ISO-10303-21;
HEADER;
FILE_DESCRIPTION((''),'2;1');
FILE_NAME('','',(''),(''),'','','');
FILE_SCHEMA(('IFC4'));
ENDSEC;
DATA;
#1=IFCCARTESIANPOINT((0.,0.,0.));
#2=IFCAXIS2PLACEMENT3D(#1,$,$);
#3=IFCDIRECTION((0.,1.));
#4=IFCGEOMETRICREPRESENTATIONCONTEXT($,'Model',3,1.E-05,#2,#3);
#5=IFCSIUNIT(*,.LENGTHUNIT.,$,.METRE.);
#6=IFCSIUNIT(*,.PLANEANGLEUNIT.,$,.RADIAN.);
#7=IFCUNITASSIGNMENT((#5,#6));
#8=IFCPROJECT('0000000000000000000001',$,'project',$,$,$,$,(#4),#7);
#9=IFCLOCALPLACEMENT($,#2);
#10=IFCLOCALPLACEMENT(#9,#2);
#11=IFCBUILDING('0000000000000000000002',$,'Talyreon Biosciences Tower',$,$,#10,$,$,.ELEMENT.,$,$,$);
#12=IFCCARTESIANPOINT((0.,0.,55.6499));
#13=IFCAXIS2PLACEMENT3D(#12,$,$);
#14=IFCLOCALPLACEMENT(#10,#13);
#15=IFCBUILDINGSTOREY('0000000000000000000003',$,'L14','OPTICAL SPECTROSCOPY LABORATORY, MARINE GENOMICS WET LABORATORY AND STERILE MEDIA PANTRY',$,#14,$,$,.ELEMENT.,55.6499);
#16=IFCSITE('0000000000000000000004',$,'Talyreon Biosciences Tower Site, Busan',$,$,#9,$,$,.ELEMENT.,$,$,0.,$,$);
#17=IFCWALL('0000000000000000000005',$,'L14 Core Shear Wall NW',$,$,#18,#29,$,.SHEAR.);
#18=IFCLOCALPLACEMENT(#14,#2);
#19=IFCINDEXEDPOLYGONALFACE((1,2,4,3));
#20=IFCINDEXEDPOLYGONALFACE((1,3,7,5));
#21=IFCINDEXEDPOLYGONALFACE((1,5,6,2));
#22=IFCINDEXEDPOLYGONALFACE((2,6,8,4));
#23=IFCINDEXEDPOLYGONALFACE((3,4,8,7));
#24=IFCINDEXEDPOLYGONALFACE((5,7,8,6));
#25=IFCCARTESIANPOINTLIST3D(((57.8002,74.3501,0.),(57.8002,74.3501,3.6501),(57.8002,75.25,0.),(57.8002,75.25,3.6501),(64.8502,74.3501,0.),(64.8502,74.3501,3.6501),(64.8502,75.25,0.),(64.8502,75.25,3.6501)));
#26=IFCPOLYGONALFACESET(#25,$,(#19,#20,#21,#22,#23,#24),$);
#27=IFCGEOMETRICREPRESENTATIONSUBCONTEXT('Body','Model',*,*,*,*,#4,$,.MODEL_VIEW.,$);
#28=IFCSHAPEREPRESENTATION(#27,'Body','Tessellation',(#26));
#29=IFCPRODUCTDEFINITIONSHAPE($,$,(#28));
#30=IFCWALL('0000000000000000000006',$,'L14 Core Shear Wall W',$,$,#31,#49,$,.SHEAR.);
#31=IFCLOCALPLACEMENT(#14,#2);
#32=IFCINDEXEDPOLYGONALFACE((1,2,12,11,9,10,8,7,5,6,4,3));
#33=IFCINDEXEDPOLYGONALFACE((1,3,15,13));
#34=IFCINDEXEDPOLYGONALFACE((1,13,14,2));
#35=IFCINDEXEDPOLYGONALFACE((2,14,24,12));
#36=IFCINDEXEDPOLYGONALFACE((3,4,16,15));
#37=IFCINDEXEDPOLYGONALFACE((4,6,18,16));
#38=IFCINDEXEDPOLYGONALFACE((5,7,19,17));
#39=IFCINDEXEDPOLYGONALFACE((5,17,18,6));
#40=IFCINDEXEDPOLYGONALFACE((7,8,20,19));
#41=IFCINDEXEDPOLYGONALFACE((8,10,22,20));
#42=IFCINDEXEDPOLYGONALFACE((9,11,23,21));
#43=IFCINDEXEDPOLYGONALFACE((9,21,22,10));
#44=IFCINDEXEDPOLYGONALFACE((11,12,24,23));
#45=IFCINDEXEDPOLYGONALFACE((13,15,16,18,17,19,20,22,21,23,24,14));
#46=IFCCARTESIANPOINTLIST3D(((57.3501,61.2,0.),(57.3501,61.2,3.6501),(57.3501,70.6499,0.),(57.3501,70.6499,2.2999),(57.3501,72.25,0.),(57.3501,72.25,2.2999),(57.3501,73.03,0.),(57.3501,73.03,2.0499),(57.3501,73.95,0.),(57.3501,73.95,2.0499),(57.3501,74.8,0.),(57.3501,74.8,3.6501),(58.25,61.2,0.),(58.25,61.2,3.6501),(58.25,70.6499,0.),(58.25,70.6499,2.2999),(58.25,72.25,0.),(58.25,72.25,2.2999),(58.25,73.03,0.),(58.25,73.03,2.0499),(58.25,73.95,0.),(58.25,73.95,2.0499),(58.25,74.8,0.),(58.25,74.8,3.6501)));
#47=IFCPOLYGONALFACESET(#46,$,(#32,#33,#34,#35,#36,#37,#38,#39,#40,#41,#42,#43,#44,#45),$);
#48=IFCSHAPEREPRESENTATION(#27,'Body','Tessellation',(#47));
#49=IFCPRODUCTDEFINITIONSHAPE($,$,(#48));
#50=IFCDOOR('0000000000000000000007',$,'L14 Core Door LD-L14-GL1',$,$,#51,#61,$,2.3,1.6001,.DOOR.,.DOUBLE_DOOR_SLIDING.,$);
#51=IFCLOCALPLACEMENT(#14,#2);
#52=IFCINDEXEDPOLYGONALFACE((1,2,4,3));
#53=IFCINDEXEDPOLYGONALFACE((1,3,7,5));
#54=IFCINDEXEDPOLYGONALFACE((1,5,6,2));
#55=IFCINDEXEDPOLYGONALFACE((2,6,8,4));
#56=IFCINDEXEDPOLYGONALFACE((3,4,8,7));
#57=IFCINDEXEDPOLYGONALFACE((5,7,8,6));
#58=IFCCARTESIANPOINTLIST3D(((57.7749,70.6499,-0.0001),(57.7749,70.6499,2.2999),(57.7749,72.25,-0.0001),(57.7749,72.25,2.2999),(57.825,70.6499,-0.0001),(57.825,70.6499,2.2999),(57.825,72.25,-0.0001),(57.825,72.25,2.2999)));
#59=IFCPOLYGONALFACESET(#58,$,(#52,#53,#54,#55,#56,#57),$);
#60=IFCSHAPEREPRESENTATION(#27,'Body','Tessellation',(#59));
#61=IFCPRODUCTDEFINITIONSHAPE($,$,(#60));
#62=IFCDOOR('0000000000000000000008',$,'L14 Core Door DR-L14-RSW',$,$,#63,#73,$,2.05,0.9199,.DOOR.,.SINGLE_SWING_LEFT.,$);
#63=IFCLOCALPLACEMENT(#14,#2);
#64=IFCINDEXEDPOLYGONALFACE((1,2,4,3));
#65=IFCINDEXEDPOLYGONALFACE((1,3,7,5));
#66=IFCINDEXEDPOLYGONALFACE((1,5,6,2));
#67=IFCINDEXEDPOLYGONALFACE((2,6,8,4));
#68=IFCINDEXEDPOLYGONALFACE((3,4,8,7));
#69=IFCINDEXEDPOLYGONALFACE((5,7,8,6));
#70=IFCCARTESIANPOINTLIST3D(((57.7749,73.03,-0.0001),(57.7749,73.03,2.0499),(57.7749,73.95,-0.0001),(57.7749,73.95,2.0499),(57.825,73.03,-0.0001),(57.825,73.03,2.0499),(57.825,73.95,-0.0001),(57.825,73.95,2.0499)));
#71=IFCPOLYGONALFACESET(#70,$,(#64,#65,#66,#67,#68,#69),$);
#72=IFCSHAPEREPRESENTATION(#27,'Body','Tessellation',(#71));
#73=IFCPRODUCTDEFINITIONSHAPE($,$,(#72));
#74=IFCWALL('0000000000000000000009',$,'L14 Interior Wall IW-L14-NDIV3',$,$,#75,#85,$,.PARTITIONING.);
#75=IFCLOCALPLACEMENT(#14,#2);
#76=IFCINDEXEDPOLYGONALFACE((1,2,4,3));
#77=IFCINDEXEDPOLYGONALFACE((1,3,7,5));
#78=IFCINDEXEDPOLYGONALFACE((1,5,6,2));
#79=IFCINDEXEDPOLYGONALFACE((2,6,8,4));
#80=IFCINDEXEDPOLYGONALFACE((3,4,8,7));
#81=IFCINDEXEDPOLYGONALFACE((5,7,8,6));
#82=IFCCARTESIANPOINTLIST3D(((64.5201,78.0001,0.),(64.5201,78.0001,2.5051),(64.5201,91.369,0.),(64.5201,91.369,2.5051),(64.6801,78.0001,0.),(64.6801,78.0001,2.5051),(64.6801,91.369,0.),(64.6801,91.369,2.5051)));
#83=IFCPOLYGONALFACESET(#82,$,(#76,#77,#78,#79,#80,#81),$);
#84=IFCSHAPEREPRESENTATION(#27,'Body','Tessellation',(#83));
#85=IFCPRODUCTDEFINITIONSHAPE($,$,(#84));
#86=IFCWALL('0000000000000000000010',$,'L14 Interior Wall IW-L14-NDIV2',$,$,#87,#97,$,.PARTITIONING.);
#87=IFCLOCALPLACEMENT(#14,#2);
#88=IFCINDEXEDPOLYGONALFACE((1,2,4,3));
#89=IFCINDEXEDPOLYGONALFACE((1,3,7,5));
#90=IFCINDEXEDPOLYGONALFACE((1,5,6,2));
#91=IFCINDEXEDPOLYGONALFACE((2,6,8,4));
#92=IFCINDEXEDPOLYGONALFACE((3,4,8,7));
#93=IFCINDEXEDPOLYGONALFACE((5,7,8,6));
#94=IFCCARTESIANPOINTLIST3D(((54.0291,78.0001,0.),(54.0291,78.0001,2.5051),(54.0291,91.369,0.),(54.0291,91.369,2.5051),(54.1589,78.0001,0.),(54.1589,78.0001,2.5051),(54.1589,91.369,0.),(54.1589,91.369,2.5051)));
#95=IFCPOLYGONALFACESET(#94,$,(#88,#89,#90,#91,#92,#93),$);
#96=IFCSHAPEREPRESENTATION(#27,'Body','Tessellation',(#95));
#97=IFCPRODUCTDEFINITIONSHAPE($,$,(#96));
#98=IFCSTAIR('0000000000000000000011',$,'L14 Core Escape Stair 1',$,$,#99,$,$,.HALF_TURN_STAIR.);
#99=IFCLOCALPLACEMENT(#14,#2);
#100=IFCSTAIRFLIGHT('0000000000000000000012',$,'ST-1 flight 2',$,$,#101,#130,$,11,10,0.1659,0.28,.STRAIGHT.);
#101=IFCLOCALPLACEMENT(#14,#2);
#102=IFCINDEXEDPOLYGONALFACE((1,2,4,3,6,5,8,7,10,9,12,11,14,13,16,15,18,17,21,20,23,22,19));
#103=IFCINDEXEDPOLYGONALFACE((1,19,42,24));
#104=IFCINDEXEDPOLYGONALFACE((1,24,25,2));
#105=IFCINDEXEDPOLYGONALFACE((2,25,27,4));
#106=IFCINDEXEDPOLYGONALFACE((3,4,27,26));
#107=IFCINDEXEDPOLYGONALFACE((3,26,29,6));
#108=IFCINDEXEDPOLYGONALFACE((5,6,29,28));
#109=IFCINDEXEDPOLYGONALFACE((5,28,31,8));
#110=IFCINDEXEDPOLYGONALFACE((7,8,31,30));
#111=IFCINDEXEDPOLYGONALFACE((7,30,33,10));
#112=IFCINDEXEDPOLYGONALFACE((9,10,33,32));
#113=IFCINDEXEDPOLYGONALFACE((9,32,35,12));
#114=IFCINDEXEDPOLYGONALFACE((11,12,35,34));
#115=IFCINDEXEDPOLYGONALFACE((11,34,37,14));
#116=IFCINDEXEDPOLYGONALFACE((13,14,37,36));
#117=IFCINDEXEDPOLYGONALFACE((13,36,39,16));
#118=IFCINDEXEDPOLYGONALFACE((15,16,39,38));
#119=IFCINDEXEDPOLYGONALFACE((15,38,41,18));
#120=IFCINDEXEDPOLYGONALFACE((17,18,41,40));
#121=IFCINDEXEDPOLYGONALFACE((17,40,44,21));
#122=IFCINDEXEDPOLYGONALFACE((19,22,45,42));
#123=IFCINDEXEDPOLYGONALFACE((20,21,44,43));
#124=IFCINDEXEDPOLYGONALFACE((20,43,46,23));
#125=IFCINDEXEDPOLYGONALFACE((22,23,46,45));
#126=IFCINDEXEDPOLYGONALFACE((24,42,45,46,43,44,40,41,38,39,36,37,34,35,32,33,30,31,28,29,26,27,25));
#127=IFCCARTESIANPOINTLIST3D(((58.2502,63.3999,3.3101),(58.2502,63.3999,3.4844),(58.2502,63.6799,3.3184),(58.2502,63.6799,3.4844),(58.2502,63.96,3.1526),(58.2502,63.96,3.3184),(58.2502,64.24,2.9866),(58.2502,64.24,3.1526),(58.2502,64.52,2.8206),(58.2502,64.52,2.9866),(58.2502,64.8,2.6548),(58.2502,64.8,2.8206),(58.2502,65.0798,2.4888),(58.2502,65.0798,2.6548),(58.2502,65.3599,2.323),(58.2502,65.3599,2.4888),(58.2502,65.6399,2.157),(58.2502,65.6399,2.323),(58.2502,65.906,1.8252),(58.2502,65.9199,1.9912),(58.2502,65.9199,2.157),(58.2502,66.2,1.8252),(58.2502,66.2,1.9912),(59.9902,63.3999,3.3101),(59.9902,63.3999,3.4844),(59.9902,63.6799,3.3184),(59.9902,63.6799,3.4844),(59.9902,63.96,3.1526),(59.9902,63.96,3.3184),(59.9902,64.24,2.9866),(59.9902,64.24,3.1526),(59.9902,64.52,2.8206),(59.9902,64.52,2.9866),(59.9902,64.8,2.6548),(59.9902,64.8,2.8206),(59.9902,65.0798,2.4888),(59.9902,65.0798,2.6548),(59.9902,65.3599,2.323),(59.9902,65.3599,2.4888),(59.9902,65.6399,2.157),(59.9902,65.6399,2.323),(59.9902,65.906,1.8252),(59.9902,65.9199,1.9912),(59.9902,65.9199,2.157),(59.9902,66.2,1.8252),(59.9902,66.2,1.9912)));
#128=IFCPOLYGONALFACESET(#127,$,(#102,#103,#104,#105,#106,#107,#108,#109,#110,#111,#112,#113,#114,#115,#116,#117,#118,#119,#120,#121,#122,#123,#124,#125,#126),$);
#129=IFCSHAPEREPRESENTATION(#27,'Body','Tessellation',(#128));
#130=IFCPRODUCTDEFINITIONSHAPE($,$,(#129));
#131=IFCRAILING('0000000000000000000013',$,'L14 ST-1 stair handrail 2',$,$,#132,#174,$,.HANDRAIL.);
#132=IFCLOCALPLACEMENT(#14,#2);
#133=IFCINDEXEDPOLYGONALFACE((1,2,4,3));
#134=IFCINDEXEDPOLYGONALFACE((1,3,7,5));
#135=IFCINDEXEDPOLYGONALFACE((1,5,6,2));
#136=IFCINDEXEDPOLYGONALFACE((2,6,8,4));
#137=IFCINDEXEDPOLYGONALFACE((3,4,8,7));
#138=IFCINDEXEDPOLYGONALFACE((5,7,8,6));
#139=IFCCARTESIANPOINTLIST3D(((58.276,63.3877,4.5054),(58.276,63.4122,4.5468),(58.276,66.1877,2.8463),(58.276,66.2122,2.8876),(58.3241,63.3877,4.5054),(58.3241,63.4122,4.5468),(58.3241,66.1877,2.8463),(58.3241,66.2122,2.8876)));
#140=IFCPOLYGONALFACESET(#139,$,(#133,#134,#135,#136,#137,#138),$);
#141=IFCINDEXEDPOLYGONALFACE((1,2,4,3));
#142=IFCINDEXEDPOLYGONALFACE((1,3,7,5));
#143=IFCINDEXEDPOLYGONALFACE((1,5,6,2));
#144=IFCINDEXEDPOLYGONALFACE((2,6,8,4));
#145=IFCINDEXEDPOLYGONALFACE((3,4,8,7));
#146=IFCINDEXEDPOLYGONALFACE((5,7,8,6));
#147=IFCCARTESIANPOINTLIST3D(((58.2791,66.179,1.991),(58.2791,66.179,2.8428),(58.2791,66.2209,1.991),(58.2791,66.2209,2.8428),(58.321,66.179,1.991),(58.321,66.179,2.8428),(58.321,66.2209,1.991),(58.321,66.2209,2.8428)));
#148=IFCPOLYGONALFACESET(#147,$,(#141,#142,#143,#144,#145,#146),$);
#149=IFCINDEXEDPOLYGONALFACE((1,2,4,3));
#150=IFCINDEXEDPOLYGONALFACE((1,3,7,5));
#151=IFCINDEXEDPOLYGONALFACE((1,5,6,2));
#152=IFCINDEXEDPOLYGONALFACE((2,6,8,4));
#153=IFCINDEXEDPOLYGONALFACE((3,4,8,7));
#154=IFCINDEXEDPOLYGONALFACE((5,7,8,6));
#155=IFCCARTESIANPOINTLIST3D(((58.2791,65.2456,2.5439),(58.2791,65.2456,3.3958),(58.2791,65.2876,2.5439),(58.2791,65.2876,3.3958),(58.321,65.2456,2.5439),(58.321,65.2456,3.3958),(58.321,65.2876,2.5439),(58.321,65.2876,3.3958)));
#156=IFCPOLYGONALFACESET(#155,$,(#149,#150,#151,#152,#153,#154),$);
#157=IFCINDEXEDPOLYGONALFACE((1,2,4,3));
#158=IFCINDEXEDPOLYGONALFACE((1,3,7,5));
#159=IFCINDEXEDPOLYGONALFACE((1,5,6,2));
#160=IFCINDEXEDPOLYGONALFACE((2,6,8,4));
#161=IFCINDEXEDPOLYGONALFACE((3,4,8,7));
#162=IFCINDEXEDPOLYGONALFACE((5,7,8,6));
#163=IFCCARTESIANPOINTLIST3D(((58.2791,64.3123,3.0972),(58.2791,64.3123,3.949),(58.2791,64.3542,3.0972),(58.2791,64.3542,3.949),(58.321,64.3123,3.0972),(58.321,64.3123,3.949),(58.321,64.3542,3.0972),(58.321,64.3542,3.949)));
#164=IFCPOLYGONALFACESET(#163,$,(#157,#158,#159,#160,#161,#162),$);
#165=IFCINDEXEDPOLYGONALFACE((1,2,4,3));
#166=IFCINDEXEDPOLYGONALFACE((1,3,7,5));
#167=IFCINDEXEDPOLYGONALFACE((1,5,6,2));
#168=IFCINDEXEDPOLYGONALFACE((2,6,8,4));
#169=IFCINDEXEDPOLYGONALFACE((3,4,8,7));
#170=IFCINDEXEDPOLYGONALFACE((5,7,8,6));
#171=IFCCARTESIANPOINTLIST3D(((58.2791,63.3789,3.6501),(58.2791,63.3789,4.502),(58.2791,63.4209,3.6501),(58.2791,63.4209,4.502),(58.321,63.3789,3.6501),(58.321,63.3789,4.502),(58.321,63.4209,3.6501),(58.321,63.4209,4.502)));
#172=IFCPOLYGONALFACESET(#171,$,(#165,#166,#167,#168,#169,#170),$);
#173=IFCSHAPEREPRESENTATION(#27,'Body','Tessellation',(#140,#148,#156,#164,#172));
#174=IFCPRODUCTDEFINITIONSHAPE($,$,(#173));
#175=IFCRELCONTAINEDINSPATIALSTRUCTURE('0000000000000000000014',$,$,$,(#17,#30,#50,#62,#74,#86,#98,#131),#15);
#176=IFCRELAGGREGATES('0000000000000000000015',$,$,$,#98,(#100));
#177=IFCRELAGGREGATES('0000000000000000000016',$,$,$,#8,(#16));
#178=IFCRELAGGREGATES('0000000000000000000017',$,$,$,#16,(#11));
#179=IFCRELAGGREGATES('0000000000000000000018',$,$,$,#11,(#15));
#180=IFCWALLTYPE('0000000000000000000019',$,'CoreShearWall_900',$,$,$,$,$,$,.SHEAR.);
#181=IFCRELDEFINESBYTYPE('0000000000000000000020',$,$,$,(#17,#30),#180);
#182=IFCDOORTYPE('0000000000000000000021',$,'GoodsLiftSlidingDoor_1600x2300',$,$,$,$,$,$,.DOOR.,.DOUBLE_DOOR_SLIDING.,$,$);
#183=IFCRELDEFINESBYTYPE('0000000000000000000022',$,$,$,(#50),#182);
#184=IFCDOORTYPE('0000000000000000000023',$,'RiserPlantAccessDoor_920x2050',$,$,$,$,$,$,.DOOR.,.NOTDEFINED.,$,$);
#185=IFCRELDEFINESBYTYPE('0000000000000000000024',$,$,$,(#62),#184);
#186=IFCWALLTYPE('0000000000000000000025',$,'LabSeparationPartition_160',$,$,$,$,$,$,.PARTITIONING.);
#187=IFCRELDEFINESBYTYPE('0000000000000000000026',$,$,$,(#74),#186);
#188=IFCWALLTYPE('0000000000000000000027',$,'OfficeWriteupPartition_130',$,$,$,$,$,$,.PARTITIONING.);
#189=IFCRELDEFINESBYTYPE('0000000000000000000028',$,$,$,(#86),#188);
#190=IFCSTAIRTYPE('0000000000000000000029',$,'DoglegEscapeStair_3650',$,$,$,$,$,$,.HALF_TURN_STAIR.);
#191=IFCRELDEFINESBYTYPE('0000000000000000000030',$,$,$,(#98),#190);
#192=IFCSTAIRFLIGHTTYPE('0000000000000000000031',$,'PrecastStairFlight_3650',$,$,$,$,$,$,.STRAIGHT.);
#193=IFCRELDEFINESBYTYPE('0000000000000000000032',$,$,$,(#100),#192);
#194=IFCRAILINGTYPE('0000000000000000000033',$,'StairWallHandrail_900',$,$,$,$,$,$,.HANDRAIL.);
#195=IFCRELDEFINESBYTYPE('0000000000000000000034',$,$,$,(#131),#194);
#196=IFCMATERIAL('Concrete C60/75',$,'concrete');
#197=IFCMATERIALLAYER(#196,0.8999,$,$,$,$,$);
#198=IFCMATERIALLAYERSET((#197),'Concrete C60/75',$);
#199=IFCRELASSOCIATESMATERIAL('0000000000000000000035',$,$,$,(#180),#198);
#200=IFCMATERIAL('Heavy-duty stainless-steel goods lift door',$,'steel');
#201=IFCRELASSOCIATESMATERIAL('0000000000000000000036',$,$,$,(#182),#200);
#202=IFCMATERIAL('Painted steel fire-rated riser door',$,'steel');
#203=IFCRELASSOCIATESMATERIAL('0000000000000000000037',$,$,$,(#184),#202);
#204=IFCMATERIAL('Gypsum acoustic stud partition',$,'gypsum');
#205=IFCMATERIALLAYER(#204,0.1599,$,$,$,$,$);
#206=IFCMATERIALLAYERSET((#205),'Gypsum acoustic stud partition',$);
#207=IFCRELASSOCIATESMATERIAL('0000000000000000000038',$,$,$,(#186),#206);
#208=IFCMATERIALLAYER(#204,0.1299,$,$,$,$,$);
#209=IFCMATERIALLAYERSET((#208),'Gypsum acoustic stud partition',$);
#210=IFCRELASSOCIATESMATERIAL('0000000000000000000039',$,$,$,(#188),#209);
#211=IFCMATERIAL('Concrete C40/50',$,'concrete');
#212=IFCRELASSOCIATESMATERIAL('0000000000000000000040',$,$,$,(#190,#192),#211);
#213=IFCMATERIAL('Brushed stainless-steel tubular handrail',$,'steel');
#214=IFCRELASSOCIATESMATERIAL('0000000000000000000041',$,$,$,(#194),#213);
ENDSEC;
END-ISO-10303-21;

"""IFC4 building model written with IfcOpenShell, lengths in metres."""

from ifc_helpers import new_model, si_unit, direction, frame, frame_2d, origin, origin_2d, place, context, subcontext, project, spatial, polyline, rectangle, outline, extrude, material, layer, layer_set, type_object, element, fill, aggregate, save


model = new_model("IFC4")

# Units and contexts
model_context = context("Model", 3, precision=1e-05, world=origin(), true_north=direction((0.0, 1.0)))
body_context = subcontext(model_context, "Body", "Model", "MODEL_VIEW")
ifc_project = project(units=[si_unit("LENGTHUNIT", "METRE"), si_unit("PLANEANGLEUNIT", "RADIAN")], contexts=[model_context])

# Site, building, storey
site_placement = place(None, origin())
site = spatial("IfcSite", under=ifc_project, at=site_placement, Name="Talyreon Biosciences Tower Site, Busan", CompositionType="ELEMENT", RefElevation=0.0)
building_placement = place(site_placement, origin())
building = spatial("IfcBuilding", under=site, at=building_placement, Name="Talyreon Biosciences Tower", CompositionType="ELEMENT")
storey_placement = place(building_placement, frame((0.0, 0.0, 55.6499)))
storey = spatial("IfcBuildingStorey", under=building, at=storey_placement, Name="L14", Description="OPTICAL SPECTROSCOPY LABORATORY, MARINE GENOMICS WET LABORATORY AND STERILE MEDIA PANTRY", CompositionType="ELEMENT", Elevation=55.6499)

# Shared definitions
ifc_material_1 = material(Name="Concrete C60/75", Category="concrete")

# Wall
ifc_layer_1 = layer(ifc_material_1, 0.8999)
ifc_layer_set_1 = layer_set([ifc_layer_1], Name="Concrete C60/75")
wall_type_1 = type_object("IfcWallType", Name="CoreShearWall_900", PredefinedType="SHEAR", material=ifc_layer_set_1)
wall_1_placement = place(storey_placement, frame((64.8501, 74.8, 0.0), z_axis=(0.0, 0.0, 1.0), x_axis=(-1.0, 0.0, 0.0)))
element("IfcWall", 1, at=wall_1_placement, inside=storey, type_object=wall_type_1, Name="L14 Core Shear Wall NW", PredefinedType="SHEAR", context=body_context, shape_type="SweptSolid", body=[
    extrude(rectangle(XDim=7.05, YDim=0.8999, at=frame_2d((3.5249, 0.0))), origin(), (0.0, 0.0, 1.0), 3.6501),
])

# Wall, openings, doors
wall_2_placement = place(storey_placement, frame((57.8, 74.8, 0.0), z_axis=(0.0, 0.0, 1.0), x_axis=(0.0, -1.0, 0.0)))
wall_2 = element("IfcWall", 2, at=wall_2_placement, inside=storey, type_object=wall_type_1, Name="L14 Core Shear Wall W", PredefinedType="SHEAR", context=body_context, shape_type="SweptSolid", body=[
    extrude(rectangle(XDim=13.6001, YDim=0.8999, at=frame_2d((6.8, 0.0))), origin(), (0.0, 0.0, 1.0), 3.6501),
])
opening_1_placement = place(wall_2_placement, frame((0.8501, 0.0, 0.0)))
opening_1 = element("IfcOpeningElement", 3, at=opening_1_placement, cuts=wall_2, PredefinedType="OPENING", context=body_context, shape_type="SweptSolid", body=[
    extrude(rectangle(XDim=0.9199, YDim=2.05, at=frame_2d((0.46, 1.0249))), frame((0.0, 0.46, 0.0), z_axis=(0.0, -1.0, 0.0), x_axis=(1.0, 0.0, 0.0)), (0.0, 0.0, 1.0), 0.9199),
])
opening_2_placement = place(wall_2_placement, frame((2.55, 0.0, 0.0)))
opening_2 = element("IfcOpeningElement", 4, at=opening_2_placement, cuts=wall_2, PredefinedType="OPENING", context=body_context, shape_type="SweptSolid", body=[
    extrude(rectangle(XDim=1.6001, YDim=2.3, at=frame_2d((0.8, 1.1499))), frame((0.0, 0.46, 0.0), z_axis=(0.0, -1.0, 0.0), x_axis=(1.0, 0.0, 0.0)), (0.0, 0.0, 1.0), 0.9199),
])
ifc_material_2 = material(Name="Heavy-duty stainless-steel goods lift door", Category="steel")
door_type_1 = type_object("IfcDoorType", Name="GoodsLiftSlidingDoor_1600x2300", OperationType="DOUBLE_DOOR_SLIDING", PredefinedType="DOOR", material=ifc_material_2)
door_1_placement = place(opening_2_placement, origin())
door_1 = element("IfcDoor", 5, at=door_1_placement, inside=storey, type_object=door_type_1, Name="L14 Core Door LD-L14-GL1", OperationType="DOUBLE_DOOR_SLIDING", OverallHeight=2.3, OverallWidth=1.6001, PredefinedType="DOOR", context=body_context, shape_type="SweptSolid", body=[
    extrude(rectangle(XDim=1.6001, YDim=2.3, at=frame_2d((0.8, 1.1499))), frame((0.0, 0.0249, 0.0), z_axis=(0.0, -1.0, 0.0), x_axis=(1.0, 0.0, 0.0)), (0.0, 0.0, 1.0), 0.05),
])
fill(opening_2, door_1)
ifc_material_3 = material(Name="Painted steel fire-rated riser door", Category="steel")
door_type_2 = type_object("IfcDoorType", Name="RiserPlantAccessDoor_920x2050", OperationType="NOTDEFINED", PredefinedType="DOOR", material=ifc_material_3)
door_2_placement = place(opening_1_placement, origin())
door_2 = element("IfcDoor", 6, at=door_2_placement, inside=storey, type_object=door_type_2, Name="L14 Core Door DR-L14-RSW", OperationType="SINGLE_SWING_LEFT", OverallHeight=2.05, OverallWidth=0.9199, PredefinedType="DOOR", context=body_context, shape_type="SweptSolid", body=[
    extrude(rectangle(XDim=0.9199, YDim=2.05, at=frame_2d((0.46, 1.0249))), frame((0.0, 0.0249, 0.0), z_axis=(0.0, -1.0, 0.0), x_axis=(1.0, 0.0, 0.0)), (0.0, 0.0, 1.0), 0.05),
])
fill(opening_1, door_2)

# Walls
ifc_material_4 = material(Name="Gypsum acoustic stud partition", Category="gypsum")
ifc_layer_2 = layer(ifc_material_4, 0.1599)
ifc_layer_set_2 = layer_set([ifc_layer_2], Name="Gypsum acoustic stud partition")
wall_type_2 = type_object("IfcWallType", Name="LabSeparationPartition_160", PredefinedType="PARTITIONING", material=ifc_layer_set_2)
wall_3_placement = place(storey_placement, frame((64.6001, 78.0, 0.0), z_axis=(0.0, 0.0, 1.0), x_axis=(0.0, 1.0, 0.0)))
element("IfcWall", 7, at=wall_3_placement, inside=storey, type_object=wall_type_2, Name="L14 Interior Wall IW-L14-NDIV3", PredefinedType="PARTITIONING", context=body_context, shape_type="SweptSolid", body=[
    extrude(rectangle(XDim=13.3689, YDim=0.1599, at=frame_2d((6.6846, 0.0))), origin(), (0.0, 0.0, 1.0), 2.5051),
])
ifc_layer_3 = layer(ifc_material_4, 0.1299)
ifc_layer_set_3 = layer_set([ifc_layer_3], Name="Gypsum acoustic stud partition")
wall_type_3 = type_object("IfcWallType", Name="OfficeWriteupPartition_130", PredefinedType="PARTITIONING", material=ifc_layer_set_3)
wall_4_placement = place(storey_placement, frame((54.094, 78.0, 0.0), z_axis=(0.0, 0.0, 1.0), x_axis=(0.0, 1.0, 0.0)))
element("IfcWall", 8, at=wall_4_placement, inside=storey, type_object=wall_type_3, Name="L14 Interior Wall IW-L14-NDIV2", PredefinedType="PARTITIONING", context=body_context, shape_type="SweptSolid", body=[
    extrude(rectangle(XDim=13.3689, YDim=0.1299, at=frame_2d((6.6846, 0.0))), origin(), (0.0, 0.0, 1.0), 2.5051),
])

# Stair, stair flight
ifc_material_5 = material(Name="Concrete C40/50", Category="concrete")
stair_type = type_object("IfcStairType", Name="DoglegEscapeStair_3650", PredefinedType="HALF_TURN_STAIR", material=ifc_material_5)
stair_placement = place(storey_placement, origin())
stair = element("IfcStair", 9, at=stair_placement, inside=storey, type_object=stair_type, Name="L14 Core Escape Stair 1", PredefinedType="HALF_TURN_STAIR")
stair_flight_type = type_object("IfcStairFlightType", Name="PrecastStairFlight_3650", PredefinedType="STRAIGHT", material=ifc_material_5)
stair_flight_placement = place(storey_placement, frame((59.1201, 66.2, 1.8252), z_axis=(0.0, 0.0, 1.0), x_axis=(0.0, -1.0, 0.0)))
stair_flight = element("IfcStairFlight", 10, at=stair_flight_placement, type_object=stair_flight_type, Name="ST-1 flight 2", NumberOfRisers=11, NumberOfTreads=10, PredefinedType="STRAIGHT", RiserHeight=0.1659, TreadLength=0.28, context=body_context, shape_type="SweptSolid", body=[
    extrude(outline(polyline([(0.0, 0.0), (0.0, 0.166), (0.28, 0.166), (0.28, 0.3318), (0.5601, 0.3318), (0.5601, 0.4978), (0.8401, 0.4978), (0.8401, 0.6636), (1.1201, 0.6636), (1.1201, 0.8296), (1.3999, 0.8296), (1.3999, 0.9954), (1.6799, 0.9954), (1.6799, 1.1614), (1.96, 1.1614), (1.96, 1.3274), (2.24, 1.3274), (2.24, 1.4932), (2.52, 1.4932), (2.52, 1.6592), (2.8, 1.6592), (2.8, 1.825), (2.8, 1.4849), (0.2939, 0.0), (0.0, 0.0)])), frame((0.0, 0.8701, 0.0), z_axis=(0.0, -1.0, 0.0), x_axis=(1.0, 0.0, 0.0)), (0.0, 0.0, 1.0), 1.74),
])
aggregate(stair, [stair_flight])

# Railing
ifc_material_6 = material(Name="Brushed stainless-steel tubular handrail", Category="steel")
railing_type_1 = type_object("IfcRailingType", Name="StairWallHandrail_900", PredefinedType="HANDRAIL", material=ifc_material_6)
railing_1_placement = place(storey_placement, frame((58.3, 66.2, 1.991)))
element("IfcRailing", 11, at=railing_1_placement, inside=storey, type_object=railing_type_1, Name="L14 ST-1 stair handrail 2", PredefinedType="HANDRAIL", context=body_context, shape_type="SweptSolid", body=[
    extrude(rectangle(XDim=0.0481, YDim=0.0481, at=origin_2d()), frame((0.0, 0.0, 0.876), z_axis=(0.0, -0.860306, 0.509778), x_axis=(1.0, 0.0, 0.0)), (0.0, 0.0, 1.0), 3.2546),
    extrude(rectangle(XDim=0.042, YDim=0.042, at=origin_2d()), origin(), (0.0, 0.0, 1.0), 0.8518),
    extrude(rectangle(XDim=0.042, YDim=0.042, at=origin_2d()), frame((0.0, -0.9333, 0.553)), (0.0, 0.0, 1.0), 0.8518),
    extrude(rectangle(XDim=0.042, YDim=0.042, at=origin_2d()), frame((0.0, -1.8667, 1.1062)), (0.0, 0.0, 1.0), 0.8518),
    extrude(rectangle(XDim=0.042, YDim=0.042, at=origin_2d()), frame((0.0, -2.8, 1.6592)), (0.0, 0.0, 1.0), 0.8518),
])

save(model, "model.ifc")
